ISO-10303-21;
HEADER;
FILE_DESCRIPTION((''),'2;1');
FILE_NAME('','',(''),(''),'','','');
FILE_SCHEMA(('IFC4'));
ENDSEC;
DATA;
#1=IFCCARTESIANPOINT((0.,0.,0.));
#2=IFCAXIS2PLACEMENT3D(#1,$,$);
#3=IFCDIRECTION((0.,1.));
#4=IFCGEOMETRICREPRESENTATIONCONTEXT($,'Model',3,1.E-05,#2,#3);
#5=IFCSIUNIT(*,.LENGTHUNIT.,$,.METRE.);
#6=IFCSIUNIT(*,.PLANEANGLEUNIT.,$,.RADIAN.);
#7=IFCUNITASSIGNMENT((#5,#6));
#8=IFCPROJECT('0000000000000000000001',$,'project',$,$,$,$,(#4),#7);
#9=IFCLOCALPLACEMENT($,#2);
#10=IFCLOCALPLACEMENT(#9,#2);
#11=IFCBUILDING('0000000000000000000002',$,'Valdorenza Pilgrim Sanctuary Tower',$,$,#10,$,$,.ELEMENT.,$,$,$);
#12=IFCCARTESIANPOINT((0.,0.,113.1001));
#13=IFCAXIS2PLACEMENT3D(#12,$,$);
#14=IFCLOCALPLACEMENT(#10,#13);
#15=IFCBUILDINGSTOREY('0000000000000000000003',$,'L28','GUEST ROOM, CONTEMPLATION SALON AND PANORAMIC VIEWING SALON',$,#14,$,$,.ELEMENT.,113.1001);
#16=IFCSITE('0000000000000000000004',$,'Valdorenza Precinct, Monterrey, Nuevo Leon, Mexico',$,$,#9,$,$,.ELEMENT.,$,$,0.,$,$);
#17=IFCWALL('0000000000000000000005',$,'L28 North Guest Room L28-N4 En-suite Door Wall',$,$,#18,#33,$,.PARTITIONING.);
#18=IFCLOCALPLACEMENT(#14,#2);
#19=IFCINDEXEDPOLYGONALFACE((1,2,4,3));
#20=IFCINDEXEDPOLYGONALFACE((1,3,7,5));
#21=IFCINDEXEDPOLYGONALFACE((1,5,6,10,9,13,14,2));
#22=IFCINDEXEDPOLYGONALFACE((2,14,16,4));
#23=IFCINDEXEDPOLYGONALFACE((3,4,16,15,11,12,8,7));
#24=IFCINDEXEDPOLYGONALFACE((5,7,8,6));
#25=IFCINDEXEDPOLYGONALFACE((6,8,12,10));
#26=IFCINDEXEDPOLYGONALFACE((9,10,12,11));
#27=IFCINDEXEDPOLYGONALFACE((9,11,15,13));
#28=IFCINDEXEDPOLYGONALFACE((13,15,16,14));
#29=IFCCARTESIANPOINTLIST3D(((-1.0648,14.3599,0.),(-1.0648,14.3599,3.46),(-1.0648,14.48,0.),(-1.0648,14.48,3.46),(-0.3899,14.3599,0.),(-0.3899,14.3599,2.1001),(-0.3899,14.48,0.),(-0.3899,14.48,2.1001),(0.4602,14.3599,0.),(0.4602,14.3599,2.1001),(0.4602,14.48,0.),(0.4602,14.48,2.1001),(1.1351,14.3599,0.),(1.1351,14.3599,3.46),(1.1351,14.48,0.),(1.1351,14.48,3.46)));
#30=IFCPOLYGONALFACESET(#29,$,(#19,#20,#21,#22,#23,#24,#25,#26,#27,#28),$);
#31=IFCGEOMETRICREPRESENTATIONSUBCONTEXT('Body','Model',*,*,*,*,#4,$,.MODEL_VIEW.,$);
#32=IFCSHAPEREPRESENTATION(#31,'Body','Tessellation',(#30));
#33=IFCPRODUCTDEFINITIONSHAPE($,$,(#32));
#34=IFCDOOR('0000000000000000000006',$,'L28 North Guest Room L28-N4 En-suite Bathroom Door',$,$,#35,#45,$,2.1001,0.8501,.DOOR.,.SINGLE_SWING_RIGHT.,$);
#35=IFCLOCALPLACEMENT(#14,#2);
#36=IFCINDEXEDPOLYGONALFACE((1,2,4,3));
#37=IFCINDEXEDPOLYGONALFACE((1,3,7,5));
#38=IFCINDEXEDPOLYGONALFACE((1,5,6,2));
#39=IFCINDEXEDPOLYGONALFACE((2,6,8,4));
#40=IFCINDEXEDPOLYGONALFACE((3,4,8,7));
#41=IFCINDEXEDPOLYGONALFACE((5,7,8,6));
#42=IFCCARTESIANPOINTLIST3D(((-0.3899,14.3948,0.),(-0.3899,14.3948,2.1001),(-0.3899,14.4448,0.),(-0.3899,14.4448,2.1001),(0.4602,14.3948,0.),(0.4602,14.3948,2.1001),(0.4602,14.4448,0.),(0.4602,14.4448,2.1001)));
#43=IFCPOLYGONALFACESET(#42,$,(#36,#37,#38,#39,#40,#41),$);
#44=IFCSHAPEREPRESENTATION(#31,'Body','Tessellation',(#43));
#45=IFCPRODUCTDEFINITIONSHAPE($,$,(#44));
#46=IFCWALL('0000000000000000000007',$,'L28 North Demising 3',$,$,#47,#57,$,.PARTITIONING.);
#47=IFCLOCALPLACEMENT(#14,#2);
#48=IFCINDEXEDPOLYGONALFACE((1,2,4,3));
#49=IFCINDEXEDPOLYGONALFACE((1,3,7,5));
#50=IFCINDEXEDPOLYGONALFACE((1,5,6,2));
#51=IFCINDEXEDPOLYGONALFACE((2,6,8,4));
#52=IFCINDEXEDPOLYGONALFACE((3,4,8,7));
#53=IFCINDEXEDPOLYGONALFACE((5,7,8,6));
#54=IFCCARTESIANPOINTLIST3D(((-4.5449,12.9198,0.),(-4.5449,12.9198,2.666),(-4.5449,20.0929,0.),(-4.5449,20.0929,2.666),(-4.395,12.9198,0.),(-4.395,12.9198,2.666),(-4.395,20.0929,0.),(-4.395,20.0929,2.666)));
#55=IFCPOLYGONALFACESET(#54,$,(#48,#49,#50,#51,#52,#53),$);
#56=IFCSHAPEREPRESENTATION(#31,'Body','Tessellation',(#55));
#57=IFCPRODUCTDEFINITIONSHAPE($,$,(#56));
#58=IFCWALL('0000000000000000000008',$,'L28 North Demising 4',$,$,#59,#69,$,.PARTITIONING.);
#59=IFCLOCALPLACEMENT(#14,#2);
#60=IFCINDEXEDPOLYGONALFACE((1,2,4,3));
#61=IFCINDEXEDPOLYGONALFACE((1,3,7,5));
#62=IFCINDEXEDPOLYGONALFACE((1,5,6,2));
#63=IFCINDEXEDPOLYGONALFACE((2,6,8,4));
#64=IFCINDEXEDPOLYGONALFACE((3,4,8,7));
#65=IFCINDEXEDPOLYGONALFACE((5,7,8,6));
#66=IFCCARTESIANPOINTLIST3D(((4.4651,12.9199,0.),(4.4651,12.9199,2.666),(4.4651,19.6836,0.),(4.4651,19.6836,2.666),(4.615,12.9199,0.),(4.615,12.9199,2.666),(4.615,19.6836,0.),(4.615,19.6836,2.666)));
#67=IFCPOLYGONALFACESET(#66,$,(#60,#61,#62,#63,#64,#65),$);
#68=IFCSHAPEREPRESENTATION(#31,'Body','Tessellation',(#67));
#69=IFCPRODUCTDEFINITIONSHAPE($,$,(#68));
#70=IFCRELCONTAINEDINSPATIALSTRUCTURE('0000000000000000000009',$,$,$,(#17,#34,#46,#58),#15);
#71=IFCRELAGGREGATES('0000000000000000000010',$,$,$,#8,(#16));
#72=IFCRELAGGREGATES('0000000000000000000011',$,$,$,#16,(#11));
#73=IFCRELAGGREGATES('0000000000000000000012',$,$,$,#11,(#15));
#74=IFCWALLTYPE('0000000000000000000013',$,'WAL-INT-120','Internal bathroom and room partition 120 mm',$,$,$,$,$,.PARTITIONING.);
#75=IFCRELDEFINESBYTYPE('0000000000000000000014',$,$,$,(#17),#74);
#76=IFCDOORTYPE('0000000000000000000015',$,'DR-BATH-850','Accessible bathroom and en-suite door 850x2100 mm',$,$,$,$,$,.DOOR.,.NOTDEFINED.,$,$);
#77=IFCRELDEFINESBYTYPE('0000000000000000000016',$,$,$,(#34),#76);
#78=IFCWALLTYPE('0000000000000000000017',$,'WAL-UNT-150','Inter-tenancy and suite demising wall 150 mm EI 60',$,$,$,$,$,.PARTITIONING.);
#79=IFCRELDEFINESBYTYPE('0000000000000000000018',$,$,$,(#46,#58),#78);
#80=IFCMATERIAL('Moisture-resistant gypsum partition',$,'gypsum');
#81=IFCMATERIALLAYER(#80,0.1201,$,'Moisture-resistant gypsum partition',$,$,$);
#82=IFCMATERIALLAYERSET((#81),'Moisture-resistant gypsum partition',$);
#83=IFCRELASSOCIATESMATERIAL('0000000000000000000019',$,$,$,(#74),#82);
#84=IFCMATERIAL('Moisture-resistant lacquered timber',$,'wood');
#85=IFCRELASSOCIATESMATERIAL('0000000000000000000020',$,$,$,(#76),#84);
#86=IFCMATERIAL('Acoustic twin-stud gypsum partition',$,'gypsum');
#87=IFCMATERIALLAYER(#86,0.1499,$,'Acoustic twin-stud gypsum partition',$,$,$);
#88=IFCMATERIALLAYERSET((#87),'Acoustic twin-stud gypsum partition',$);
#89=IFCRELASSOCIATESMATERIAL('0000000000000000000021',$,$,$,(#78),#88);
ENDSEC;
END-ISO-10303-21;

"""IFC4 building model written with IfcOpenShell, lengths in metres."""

from ifc_helpers import new_model, si_unit, direction, frame, frame_2d, origin, place, context, subcontext, project, spatial, rectangle, extrude, material, layer, layer_set, type_object, element, fill, save


model = new_model("IFC4")

# Units and contexts
model_context = context("Model", 3, precision=1e-05, world=origin(), true_north=direction((0.0, 1.0)))
body_context = subcontext(model_context, "Body", "Model", "MODEL_VIEW")
ifc_project = project(units=[si_unit("LENGTHUNIT", "METRE"), si_unit("PLANEANGLEUNIT", "RADIAN")], contexts=[model_context])

# Site, building, storey
site_placement = place(None, origin())
site = spatial("IfcSite", under=ifc_project, at=site_placement, Name="Valdorenza Precinct, Monterrey, Nuevo Leon, Mexico", CompositionType="ELEMENT", RefElevation=0.0)
building_placement = place(site_placement, origin())
building = spatial("IfcBuilding", under=site, at=building_placement, Name="Valdorenza Pilgrim Sanctuary Tower", CompositionType="ELEMENT")
storey_placement = place(building_placement, frame((0.0, 0.0, 113.1001)))
storey = spatial("IfcBuildingStorey", under=building, at=storey_placement, Name="L28", Description="GUEST ROOM, CONTEMPLATION SALON AND PANORAMIC VIEWING SALON", CompositionType="ELEMENT", Elevation=113.1001)

# Shared definitions
ifc_material_1 = material(Name="Moisture-resistant gypsum partition", Category="gypsum")
ifc_layer_1 = layer(ifc_material_1, 0.1201, Name="Moisture-resistant gypsum partition")
ifc_layer_set_1 = layer_set([ifc_layer_1], Name="Moisture-resistant gypsum partition")
wall_type_1 = type_object("IfcWallType", Name="WAL-INT-120", Description="Internal bathroom and room partition 120 mm", PredefinedType="PARTITIONING", material=ifc_layer_set_1)

# Wall, opening, door
wall_1_placement = place(storey_placement, frame((-1.0649, 14.4199, 0.0), z_axis=(0.0, 0.0, 1.0), x_axis=(1.0, 0.0, 0.0)))
wall_1 = element("IfcWall", 1, at=wall_1_placement, inside=storey, type_object=wall_type_1, Name="L28 North Guest Room L28-N4 En-suite Door Wall", PredefinedType="PARTITIONING", context=body_context, shape_type="SweptSolid", body=[
    extrude(rectangle(XDim=2.2, YDim=0.1201, at=frame_2d((1.1001, 0.0))), origin(), (0.0, 0.0, 1.0), 3.46),
])
opening_placement = place(wall_1_placement, frame((0.675, 0.0, 0.0)))
opening = element("IfcOpeningElement", 2, at=opening_placement, cuts=wall_1, PredefinedType="OPENING", context=body_context, shape_type="SweptSolid", body=[
    extrude(rectangle(XDim=0.8501, YDim=2.1001, at=frame_2d((0.425, 1.05))), frame((0.0, 0.075, 0.0), z_axis=(0.0, -1.0, 0.0), x_axis=(1.0, 0.0, 0.0)), (0.0, 0.0, 1.0), 0.1499),
])
ifc_material_2 = material(Name="Moisture-resistant lacquered timber", Category="wood")
door_type = type_object("IfcDoorType", Name="DR-BATH-850", Description="Accessible bathroom and en-suite door 850x2100 mm", OperationType="NOTDEFINED", PredefinedType="DOOR", material=ifc_material_2)
door_placement = place(opening_placement, origin())
door = element("IfcDoor", 3, at=door_placement, inside=storey, type_object=door_type, Name="L28 North Guest Room L28-N4 En-suite Bathroom Door", OperationType="SINGLE_SWING_RIGHT", OverallHeight=2.1001, OverallWidth=0.8501, PredefinedType="DOOR", context=body_context, shape_type="SweptSolid", body=[
    extrude(rectangle(XDim=0.8501, YDim=2.1001, at=frame_2d((0.425, 1.05))), frame((0.0, 0.0249, 0.0), z_axis=(0.0, -1.0, 0.0), x_axis=(1.0, 0.0, 0.0)), (0.0, 0.0, 1.0), 0.05),
])
fill(opening, door)

# Walls
ifc_material_3 = material(Name="Acoustic twin-stud gypsum partition", Category="gypsum")
ifc_layer_2 = layer(ifc_material_3, 0.1499, Name="Acoustic twin-stud gypsum partition")
ifc_layer_set_2 = layer_set([ifc_layer_2], Name="Acoustic twin-stud gypsum partition")
wall_type_2 = type_object("IfcWallType", Name="WAL-UNT-150", Description="Inter-tenancy and suite demising wall 150 mm EI 60", PredefinedType="PARTITIONING", material=ifc_layer_set_2)
wall_2_placement = place(storey_placement, frame((-4.47, 12.9199, 0.0), z_axis=(0.0, 0.0, 1.0), x_axis=(0.0, 1.0, 0.0)))
element("IfcWall", 4, at=wall_2_placement, inside=storey, type_object=wall_type_2, Name="L28 North Demising 3", PredefinedType="PARTITIONING", context=body_context, shape_type="SweptSolid", body=[
    extrude(rectangle(XDim=7.1731, YDim=0.1499, at=frame_2d((3.5864, 0.0))), origin(), (0.0, 0.0, 1.0), 2.666),
])
wall_3_placement = place(storey_placement, frame((4.54, 12.9199, 0.0), z_axis=(0.0, 0.0, 1.0), x_axis=(0.0, 1.0, 0.0)))
element("IfcWall", 5, at=wall_3_placement, inside=storey, type_object=wall_type_2, Name="L28 North Demising 4", PredefinedType="PARTITIONING", context=body_context, shape_type="SweptSolid", body=[
    extrude(rectangle(XDim=6.7637, YDim=0.1499, at=frame_2d((3.3818, 0.0))), origin(), (0.0, 0.0, 1.0), 2.666),
])

save(model, "model.ifc")
